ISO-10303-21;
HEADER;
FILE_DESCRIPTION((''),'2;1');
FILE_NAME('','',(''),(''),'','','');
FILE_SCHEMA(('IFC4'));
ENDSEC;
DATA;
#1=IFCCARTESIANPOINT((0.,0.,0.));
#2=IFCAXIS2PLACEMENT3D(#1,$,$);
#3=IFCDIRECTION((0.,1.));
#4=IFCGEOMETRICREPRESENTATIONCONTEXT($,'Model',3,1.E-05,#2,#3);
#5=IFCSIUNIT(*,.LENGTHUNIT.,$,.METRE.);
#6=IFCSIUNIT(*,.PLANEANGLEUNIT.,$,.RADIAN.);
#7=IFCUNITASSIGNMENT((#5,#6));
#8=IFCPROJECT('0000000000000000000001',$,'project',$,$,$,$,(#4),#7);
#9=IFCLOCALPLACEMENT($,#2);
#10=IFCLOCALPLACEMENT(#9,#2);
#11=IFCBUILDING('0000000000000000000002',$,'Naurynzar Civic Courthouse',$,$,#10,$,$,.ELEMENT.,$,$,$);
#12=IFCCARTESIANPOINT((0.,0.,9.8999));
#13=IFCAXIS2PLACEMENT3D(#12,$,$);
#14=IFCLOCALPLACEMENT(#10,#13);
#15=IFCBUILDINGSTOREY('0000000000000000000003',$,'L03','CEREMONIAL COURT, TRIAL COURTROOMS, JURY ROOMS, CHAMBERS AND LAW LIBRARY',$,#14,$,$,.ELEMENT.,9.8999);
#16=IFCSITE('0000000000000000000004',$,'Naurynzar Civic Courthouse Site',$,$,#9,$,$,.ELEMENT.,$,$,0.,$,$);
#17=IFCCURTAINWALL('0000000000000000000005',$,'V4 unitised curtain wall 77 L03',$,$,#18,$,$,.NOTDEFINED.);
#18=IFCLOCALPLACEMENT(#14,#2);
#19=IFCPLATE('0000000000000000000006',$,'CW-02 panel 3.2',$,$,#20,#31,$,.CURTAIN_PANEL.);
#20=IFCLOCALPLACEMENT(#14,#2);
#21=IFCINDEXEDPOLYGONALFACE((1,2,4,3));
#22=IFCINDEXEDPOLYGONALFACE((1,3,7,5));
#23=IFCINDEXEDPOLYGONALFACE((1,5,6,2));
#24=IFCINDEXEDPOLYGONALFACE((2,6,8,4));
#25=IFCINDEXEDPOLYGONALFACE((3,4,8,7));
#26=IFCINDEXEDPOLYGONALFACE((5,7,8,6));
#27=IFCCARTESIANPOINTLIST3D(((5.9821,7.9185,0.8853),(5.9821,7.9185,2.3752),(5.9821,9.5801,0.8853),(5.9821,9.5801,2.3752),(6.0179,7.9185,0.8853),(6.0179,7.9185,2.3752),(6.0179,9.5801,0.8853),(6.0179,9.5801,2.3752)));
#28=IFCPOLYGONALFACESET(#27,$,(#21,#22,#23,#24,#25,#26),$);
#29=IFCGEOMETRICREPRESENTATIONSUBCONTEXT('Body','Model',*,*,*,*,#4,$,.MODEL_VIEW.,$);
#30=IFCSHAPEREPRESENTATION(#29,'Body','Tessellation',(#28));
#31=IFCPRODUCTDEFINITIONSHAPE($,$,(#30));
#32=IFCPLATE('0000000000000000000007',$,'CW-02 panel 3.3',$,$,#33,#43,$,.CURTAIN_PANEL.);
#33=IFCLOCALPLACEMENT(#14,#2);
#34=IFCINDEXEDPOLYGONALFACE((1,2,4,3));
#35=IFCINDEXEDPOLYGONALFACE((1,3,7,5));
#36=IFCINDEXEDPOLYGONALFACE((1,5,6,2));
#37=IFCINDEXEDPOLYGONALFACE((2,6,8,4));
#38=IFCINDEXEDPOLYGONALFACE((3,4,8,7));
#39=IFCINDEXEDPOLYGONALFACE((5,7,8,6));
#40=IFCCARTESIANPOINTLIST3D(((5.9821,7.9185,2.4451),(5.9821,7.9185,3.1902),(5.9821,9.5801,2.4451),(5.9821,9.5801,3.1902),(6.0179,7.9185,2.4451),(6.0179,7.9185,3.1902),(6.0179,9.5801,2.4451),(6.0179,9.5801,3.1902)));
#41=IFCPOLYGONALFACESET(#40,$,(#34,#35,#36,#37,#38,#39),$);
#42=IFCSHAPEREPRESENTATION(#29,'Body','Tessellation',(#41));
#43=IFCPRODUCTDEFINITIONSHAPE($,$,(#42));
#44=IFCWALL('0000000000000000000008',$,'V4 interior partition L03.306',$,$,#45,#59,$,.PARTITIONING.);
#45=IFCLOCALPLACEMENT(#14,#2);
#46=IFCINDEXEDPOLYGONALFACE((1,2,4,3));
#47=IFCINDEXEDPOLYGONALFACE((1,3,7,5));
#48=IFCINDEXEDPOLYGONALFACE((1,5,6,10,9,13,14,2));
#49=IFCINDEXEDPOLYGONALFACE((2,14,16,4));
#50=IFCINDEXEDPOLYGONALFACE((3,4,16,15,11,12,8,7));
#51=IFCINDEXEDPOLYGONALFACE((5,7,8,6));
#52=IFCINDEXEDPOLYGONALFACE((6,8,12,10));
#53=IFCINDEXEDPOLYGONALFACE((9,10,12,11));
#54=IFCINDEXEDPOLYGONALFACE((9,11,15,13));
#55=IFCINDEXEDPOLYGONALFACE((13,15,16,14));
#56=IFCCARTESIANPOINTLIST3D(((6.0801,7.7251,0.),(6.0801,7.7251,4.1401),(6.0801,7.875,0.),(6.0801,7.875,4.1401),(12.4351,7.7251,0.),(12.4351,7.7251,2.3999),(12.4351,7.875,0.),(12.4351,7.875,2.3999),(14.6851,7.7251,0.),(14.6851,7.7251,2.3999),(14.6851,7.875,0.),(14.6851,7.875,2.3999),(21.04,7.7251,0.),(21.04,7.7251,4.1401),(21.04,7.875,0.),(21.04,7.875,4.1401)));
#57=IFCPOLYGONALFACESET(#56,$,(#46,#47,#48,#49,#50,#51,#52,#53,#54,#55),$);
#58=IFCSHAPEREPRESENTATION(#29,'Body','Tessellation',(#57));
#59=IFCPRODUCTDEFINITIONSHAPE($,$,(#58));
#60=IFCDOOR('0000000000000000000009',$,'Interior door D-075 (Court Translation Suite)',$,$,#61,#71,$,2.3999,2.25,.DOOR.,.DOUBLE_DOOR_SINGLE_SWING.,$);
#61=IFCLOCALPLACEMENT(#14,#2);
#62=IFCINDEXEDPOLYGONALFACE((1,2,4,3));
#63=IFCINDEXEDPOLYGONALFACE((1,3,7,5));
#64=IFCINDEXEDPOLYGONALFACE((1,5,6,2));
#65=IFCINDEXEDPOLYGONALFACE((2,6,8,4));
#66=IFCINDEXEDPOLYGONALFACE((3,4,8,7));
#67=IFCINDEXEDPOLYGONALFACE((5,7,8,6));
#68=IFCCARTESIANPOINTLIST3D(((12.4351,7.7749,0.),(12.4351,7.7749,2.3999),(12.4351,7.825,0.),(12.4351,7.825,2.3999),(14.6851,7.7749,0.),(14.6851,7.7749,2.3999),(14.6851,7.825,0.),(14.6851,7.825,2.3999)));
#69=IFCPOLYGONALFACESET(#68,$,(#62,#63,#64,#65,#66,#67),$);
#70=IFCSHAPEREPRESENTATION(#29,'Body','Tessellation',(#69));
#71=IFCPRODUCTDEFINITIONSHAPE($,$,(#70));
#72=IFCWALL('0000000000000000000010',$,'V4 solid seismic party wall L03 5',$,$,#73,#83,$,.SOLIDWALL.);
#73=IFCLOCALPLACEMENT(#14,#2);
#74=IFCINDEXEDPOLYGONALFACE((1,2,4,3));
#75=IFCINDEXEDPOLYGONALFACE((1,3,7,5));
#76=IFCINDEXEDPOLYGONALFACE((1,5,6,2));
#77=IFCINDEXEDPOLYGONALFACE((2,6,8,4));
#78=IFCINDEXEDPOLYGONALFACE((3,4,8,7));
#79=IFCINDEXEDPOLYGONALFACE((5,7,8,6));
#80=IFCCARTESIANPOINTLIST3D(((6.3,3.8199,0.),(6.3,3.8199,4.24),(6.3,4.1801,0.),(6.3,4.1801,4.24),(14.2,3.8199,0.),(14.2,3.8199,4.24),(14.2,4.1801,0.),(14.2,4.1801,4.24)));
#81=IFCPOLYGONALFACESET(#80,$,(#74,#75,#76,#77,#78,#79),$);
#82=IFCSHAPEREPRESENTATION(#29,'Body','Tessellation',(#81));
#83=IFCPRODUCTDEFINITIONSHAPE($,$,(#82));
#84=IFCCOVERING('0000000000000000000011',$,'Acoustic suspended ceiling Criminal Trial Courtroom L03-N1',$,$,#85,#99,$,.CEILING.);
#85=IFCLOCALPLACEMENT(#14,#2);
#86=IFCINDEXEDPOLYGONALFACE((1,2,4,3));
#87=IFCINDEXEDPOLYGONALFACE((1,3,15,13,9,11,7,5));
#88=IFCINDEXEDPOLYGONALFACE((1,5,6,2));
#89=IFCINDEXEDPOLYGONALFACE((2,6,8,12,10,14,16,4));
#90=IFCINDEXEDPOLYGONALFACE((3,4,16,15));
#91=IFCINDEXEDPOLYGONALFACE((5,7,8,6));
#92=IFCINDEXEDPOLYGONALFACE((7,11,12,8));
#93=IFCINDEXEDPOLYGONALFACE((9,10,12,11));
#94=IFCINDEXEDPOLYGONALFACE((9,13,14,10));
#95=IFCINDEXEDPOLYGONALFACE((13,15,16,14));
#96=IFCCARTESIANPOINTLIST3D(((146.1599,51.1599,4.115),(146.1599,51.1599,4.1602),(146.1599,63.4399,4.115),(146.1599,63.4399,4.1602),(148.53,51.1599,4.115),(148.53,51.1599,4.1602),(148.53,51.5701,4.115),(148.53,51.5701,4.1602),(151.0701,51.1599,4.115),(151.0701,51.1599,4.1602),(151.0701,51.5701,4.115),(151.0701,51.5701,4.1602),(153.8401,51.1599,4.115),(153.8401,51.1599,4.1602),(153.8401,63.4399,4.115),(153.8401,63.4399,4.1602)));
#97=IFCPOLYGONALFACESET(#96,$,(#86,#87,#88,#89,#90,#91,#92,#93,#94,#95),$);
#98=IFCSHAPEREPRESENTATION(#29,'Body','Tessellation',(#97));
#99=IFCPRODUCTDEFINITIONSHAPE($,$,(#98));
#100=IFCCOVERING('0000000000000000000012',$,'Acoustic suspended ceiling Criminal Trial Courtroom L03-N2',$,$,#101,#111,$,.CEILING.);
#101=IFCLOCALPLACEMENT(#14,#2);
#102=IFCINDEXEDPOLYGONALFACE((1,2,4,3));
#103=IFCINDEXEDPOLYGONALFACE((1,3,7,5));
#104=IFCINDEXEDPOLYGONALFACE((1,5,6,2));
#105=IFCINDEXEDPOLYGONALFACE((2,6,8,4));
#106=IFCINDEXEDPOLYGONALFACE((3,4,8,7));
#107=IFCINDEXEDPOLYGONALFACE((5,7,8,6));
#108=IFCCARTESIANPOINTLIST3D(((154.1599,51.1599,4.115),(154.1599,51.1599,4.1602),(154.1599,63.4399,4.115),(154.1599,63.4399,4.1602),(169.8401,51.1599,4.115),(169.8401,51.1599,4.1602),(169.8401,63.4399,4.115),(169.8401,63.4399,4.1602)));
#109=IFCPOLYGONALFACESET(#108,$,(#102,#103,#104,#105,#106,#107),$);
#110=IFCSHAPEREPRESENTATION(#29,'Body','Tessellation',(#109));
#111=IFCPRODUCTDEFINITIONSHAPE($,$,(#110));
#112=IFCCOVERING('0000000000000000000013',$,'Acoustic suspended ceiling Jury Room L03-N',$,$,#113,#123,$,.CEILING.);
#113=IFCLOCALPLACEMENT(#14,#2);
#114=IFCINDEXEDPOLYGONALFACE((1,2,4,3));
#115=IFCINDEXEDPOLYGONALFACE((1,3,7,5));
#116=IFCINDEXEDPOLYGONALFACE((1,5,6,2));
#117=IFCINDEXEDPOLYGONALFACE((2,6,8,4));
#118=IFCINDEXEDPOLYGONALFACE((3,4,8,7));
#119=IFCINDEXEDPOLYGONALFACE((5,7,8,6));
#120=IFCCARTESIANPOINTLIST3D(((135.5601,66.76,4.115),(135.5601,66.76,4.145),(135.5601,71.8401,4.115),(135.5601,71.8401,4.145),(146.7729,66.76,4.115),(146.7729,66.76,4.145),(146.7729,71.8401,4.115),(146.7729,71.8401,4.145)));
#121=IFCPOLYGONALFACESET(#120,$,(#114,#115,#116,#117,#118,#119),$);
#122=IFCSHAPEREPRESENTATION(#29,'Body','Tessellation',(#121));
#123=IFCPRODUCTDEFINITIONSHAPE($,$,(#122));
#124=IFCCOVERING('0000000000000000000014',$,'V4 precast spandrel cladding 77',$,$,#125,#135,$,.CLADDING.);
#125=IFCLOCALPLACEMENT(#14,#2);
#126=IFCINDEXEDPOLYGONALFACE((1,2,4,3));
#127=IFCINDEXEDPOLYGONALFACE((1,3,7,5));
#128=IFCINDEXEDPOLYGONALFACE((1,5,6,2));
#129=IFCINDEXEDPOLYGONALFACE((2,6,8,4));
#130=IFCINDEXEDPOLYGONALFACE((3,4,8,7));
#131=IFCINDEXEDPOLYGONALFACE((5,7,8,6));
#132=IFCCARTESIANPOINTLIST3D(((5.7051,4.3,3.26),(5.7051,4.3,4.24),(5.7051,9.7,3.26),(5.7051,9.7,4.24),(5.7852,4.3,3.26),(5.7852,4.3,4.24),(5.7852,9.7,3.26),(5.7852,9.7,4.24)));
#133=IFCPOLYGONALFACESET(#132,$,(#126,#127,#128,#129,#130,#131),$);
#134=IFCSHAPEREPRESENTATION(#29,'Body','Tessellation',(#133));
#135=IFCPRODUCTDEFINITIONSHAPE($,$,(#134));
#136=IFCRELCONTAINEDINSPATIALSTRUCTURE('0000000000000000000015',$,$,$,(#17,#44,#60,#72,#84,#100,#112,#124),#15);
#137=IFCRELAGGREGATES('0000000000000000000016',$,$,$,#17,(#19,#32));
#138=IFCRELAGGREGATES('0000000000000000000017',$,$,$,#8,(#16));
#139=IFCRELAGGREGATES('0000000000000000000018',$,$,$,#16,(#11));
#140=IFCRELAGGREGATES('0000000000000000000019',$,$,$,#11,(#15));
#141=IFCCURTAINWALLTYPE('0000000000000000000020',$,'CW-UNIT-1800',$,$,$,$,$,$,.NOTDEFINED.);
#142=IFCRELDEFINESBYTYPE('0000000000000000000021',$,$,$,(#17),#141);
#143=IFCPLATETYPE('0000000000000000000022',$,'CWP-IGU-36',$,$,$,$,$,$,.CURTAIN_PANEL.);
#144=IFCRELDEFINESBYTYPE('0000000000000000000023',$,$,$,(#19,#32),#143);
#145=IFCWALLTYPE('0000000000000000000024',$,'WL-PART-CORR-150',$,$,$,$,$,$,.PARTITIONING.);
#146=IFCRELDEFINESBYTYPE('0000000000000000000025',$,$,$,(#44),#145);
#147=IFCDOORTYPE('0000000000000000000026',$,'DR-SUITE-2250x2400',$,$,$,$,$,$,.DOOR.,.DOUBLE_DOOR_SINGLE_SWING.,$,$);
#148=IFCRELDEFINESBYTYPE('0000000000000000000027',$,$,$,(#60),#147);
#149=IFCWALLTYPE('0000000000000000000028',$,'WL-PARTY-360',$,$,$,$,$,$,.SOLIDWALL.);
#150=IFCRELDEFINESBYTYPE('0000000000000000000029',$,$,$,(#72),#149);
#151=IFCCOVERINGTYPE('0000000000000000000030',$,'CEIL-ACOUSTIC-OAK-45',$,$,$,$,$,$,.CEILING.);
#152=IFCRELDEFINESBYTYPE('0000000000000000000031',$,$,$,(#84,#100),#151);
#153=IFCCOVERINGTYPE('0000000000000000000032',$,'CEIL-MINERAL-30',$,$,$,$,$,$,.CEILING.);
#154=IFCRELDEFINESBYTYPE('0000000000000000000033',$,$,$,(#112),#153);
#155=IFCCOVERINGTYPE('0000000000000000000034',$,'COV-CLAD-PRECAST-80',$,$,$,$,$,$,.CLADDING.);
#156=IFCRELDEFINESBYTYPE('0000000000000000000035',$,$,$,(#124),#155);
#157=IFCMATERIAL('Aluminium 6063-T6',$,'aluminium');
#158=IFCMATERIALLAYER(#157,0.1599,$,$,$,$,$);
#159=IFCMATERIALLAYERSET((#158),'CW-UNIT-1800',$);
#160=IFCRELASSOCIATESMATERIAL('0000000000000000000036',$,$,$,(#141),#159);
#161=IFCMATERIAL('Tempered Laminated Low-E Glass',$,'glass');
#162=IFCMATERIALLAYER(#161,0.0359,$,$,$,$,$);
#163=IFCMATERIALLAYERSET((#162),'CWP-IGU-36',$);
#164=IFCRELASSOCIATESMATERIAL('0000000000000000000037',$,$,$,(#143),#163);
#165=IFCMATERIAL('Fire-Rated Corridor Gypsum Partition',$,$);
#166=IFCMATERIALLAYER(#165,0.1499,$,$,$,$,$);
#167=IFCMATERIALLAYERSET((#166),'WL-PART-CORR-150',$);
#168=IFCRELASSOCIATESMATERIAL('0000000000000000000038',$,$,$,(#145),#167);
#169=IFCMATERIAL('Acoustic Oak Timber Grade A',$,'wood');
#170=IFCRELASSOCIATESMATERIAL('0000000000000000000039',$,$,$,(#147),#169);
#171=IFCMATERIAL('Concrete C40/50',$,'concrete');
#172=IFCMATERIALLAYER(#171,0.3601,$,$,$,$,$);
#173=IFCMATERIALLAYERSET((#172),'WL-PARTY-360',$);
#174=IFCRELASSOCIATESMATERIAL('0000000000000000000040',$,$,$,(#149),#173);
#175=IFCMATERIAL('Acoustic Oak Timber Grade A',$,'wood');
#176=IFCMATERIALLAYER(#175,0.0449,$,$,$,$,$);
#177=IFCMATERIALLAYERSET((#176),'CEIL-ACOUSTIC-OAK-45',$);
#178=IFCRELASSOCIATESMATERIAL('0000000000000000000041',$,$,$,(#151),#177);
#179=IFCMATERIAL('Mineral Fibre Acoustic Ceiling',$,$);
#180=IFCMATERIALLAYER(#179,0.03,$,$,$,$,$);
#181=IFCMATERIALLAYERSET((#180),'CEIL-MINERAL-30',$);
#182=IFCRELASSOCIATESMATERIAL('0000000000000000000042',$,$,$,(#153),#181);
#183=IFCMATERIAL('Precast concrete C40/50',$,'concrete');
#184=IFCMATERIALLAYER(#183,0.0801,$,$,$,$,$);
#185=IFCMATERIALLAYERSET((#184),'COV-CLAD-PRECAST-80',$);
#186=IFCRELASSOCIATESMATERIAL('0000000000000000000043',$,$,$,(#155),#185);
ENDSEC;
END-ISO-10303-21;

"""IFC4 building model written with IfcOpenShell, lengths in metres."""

from ifc_helpers import new_model, si_unit, direction, frame, frame_2d, origin, origin_2d, place, context, subcontext, project, spatial, polyline, rectangle, outline, extrude, material, layer, layer_set, type_object, element, fill, aggregate, save


model = new_model("IFC4")

# Units and contexts
model_context = context("Model", 3, precision=1e-05, world=origin(), true_north=direction((0.0, 1.0)))
body_context = subcontext(model_context, "Body", "Model", "MODEL_VIEW")
ifc_project = project(units=[si_unit("LENGTHUNIT", "METRE"), si_unit("PLANEANGLEUNIT", "RADIAN")], contexts=[model_context])

# Site, building, storey
site_placement = place(None, origin())
site = spatial("IfcSite", under=ifc_project, at=site_placement, Name="Naurynzar Civic Courthouse Site", CompositionType="ELEMENT", RefElevation=0.0)
building_placement = place(site_placement, origin())
building = spatial("IfcBuilding", under=site, at=building_placement, Name="Naurynzar Civic Courthouse", CompositionType="ELEMENT")
storey_placement = place(building_placement, frame((0.0, 0.0, 9.8999)))
storey = spatial("IfcBuildingStorey", under=building, at=storey_placement, Name="L03", Description="CEREMONIAL COURT, TRIAL COURTROOMS, JURY ROOMS, CHAMBERS AND LAW LIBRARY", CompositionType="ELEMENT", Elevation=9.8999)

# Curtain wall, plates
ifc_material_1 = material(Name="Aluminium 6063-T6", Category="aluminium")
ifc_layer_1 = layer(ifc_material_1, 0.1599)
ifc_layer_set_1 = layer_set([ifc_layer_1], Name="CW-UNIT-1800")
curtain_wall_type = type_object("IfcCurtainWallType", Name="CW-UNIT-1800", PredefinedType="NOTDEFINED", material=ifc_layer_set_1)
curtain_wall_placement = place(storey_placement, origin())
curtain_wall = element("IfcCurtainWall", 1, at=curtain_wall_placement, inside=storey, type_object=curtain_wall_type, Name="V4 unitised curtain wall 77 L03", PredefinedType="NOTDEFINED")
ifc_material_2 = material(Name="Tempered Laminated Low-E Glass", Category="glass")
ifc_layer_2 = layer(ifc_material_2, 0.0359)
ifc_layer_set_2 = layer_set([ifc_layer_2], Name="CWP-IGU-36")
plate_type = type_object("IfcPlateType", Name="CWP-IGU-36", PredefinedType="CURTAIN_PANEL", material=ifc_layer_set_2)
plate_1_placement = place(storey_placement, frame((6.0, 8.7493, 0.8853), z_axis=(0.0, 0.0, 1.0), x_axis=(0.0, 1.0, 0.0)))
plate_1 = element("IfcPlate", 2, at=plate_1_placement, type_object=plate_type, Name="CW-02 panel 3.2", PredefinedType="CURTAIN_PANEL", context=body_context, shape_type="SweptSolid", body=[
    extrude(rectangle(XDim=1.6616, YDim=0.0359, at=origin_2d()), origin(), (0.0, 0.0, 1.0), 1.49),
])
plate_2_placement = place(storey_placement, frame((6.0, 8.7493, 2.4451), z_axis=(0.0, 0.0, 1.0), x_axis=(0.0, 1.0, 0.0)))
plate_2 = element("IfcPlate", 3, at=plate_2_placement, type_object=plate_type, Name="CW-02 panel 3.3", PredefinedType="CURTAIN_PANEL", context=body_context, shape_type="SweptSolid", body=[
    extrude(rectangle(XDim=1.6616, YDim=0.0359, at=origin_2d()), origin(), (0.0, 0.0, 1.0), 0.7451),
])
aggregate(curtain_wall, [plate_1, plate_2])

# Wall, opening, door
ifc_material_3 = material(Name="Fire-Rated Corridor Gypsum Partition")
ifc_layer_3 = layer(ifc_material_3, 0.1499)
ifc_layer_set_3 = layer_set([ifc_layer_3], Name="WL-PART-CORR-150")
wall_type_1 = type_object("IfcWallType", Name="WL-PART-CORR-150", PredefinedType="PARTITIONING", material=ifc_layer_set_3)
wall_1_placement = place(storey_placement, frame((6.0801, 7.8, 0.0), z_axis=(0.0, 0.0, 1.0), x_axis=(1.0, 0.0, 0.0)))
wall_1 = element("IfcWall", 4, at=wall_1_placement, inside=storey, type_object=wall_type_1, Name="V4 interior partition L03.306", PredefinedType="PARTITIONING", context=body_context, shape_type="SweptSolid", body=[
    extrude(rectangle(XDim=14.96, YDim=0.1499, at=frame_2d((7.48, 0.0))), origin(), (0.0, 0.0, 1.0), 4.1401),
])
opening_placement = place(wall_1_placement, frame((6.355, 0.0, 0.0)))
opening = element("IfcOpeningElement", 5, at=opening_placement, cuts=wall_1, PredefinedType="OPENING", context=body_context, shape_type="SweptSolid", body=[
    extrude(rectangle(XDim=2.25, YDim=2.3999, at=frame_2d((1.125, 1.2))), frame((0.0, 0.085, 0.0), z_axis=(0.0, -1.0, 0.0), x_axis=(1.0, 0.0, 0.0)), (0.0, 0.0, 1.0), 0.1699),
])
ifc_material_4 = material(Name="Acoustic Oak Timber Grade A", Category="wood")
door_type = type_object("IfcDoorType", Name="DR-SUITE-2250x2400", OperationType="DOUBLE_DOOR_SINGLE_SWING", PredefinedType="DOOR", material=ifc_material_4)
door_placement = place(opening_placement, origin())
door = element("IfcDoor", 6, at=door_placement, inside=storey, type_object=door_type, Name="Interior door D-075 (Court Translation Suite)", OperationType="DOUBLE_DOOR_SINGLE_SWING", OverallHeight=2.3999, OverallWidth=2.25, PredefinedType="DOOR", context=body_context, shape_type="SweptSolid", body=[
    extrude(rectangle(XDim=2.25, YDim=2.3999, at=frame_2d((1.125, 1.2))), frame((0.0, 0.0249, 0.0), z_axis=(0.0, -1.0, 0.0), x_axis=(1.0, 0.0, 0.0)), (0.0, 0.0, 1.0), 0.05),
])
fill(opening, door)

# Wall
ifc_material_5 = material(Name="Concrete C40/50", Category="concrete")
ifc_layer_4 = layer(ifc_material_5, 0.3601)
ifc_layer_set_4 = layer_set([ifc_layer_4], Name="WL-PARTY-360")
wall_type_2 = type_object("IfcWallType", Name="WL-PARTY-360", PredefinedType="SOLIDWALL", material=ifc_layer_set_4)
wall_2_placement = place(storey_placement, frame((14.2, 4.0, 0.0), z_axis=(0.0, 0.0, 1.0), x_axis=(-1.0, 0.0, 0.0)))
element("IfcWall", 7, at=wall_2_placement, inside=storey, type_object=wall_type_2, Name="V4 solid seismic party wall L03 5", PredefinedType="SOLIDWALL", context=body_context, shape_type="SweptSolid", body=[
    extrude(rectangle(XDim=7.8999, YDim=0.3601, at=frame_2d((3.95, 0.0))), origin(), (0.0, 0.0, 1.0), 4.24),
])

# Coverings
ifc_material_6 = material(Name="Acoustic Oak Timber Grade A", Category="wood")
ifc_layer_5 = layer(ifc_material_6, 0.0449)
ifc_layer_set_5 = layer_set([ifc_layer_5], Name="CEIL-ACOUSTIC-OAK-45")
covering_type_1 = type_object("IfcCoveringType", Name="CEIL-ACOUSTIC-OAK-45", PredefinedType="CEILING", material=ifc_layer_set_5)
covering_1_placement = place(storey_placement, frame((0.0, 0.0, 4.115)))
element("IfcCovering", 8, at=covering_1_placement, inside=storey, type_object=covering_type_1, Name="Acoustic suspended ceiling Criminal Trial Courtroom L03-N1", PredefinedType="CEILING", context=body_context, shape_type="SweptSolid", body=[
    extrude(outline(polyline([(151.0701, 51.1599), (151.0701, 51.5701), (148.53, 51.5701), (148.53, 51.1599), (146.1599, 51.1599), (146.1599, 63.4399), (153.8401, 63.4399), (153.8401, 51.1599), (151.0701, 51.1599)])), origin(), (0.0, 0.0, 1.0), 0.0452),
])
covering_2_placement = place(storey_placement, frame((0.0, 0.0, 4.115)))
element("IfcCovering", 9, at=covering_2_placement, inside=storey, type_object=covering_type_1, Name="Acoustic suspended ceiling Criminal Trial Courtroom L03-N2", PredefinedType="CEILING", context=body_context, shape_type="SweptSolid", body=[
    extrude(outline(polyline([(154.1599, 51.1599), (154.1599, 63.4399), (169.8401, 63.4399), (169.8401, 51.1599), (154.1599, 51.1599)])), origin(), (0.0, 0.0, 1.0), 0.0452),
])
ifc_material_7 = material(Name="Mineral Fibre Acoustic Ceiling")
ifc_layer_6 = layer(ifc_material_7, 0.03)
ifc_layer_set_6 = layer_set([ifc_layer_6], Name="CEIL-MINERAL-30")
covering_type_2 = type_object("IfcCoveringType", Name="CEIL-MINERAL-30", PredefinedType="CEILING", material=ifc_layer_set_6)
covering_3_placement = place(storey_placement, frame((0.0, 0.0, 4.115)))
element("IfcCovering", 10, at=covering_3_placement, inside=storey, type_object=covering_type_2, Name="Acoustic suspended ceiling Jury Room L03-N", PredefinedType="CEILING", context=body_context, shape_type="SweptSolid", body=[
    extrude(outline(polyline([(135.5601, 66.76), (135.5601, 71.8401), (146.7729, 71.8401), (146.7729, 66.76), (135.5601, 66.76)])), origin(), (0.0, 0.0, 1.0), 0.03),
])
ifc_material_8 = material(Name="Precast concrete C40/50", Category="concrete")
ifc_layer_7 = layer(ifc_material_8, 0.0801)
ifc_layer_set_7 = layer_set([ifc_layer_7], Name="COV-CLAD-PRECAST-80")
covering_type_3 = type_object("IfcCoveringType", Name="COV-CLAD-PRECAST-80", PredefinedType="CLADDING", material=ifc_layer_set_7)
covering_4_placement = place(storey_placement, frame((5.7451, 7.0, 3.26), z_axis=(0.0, 0.0, 1.0), x_axis=(0.0, 1.0, 0.0)))
element("IfcCovering", 11, at=covering_4_placement, inside=storey, type_object=covering_type_3, Name="V4 precast spandrel cladding 77", PredefinedType="CLADDING", context=body_context, shape_type="SweptSolid", body=[
    extrude(rectangle(XDim=5.3999, YDim=0.0801, at=origin_2d()), origin(), (0.0, 0.0, 1.0), 0.98),
])

save(model, "model.ifc")
